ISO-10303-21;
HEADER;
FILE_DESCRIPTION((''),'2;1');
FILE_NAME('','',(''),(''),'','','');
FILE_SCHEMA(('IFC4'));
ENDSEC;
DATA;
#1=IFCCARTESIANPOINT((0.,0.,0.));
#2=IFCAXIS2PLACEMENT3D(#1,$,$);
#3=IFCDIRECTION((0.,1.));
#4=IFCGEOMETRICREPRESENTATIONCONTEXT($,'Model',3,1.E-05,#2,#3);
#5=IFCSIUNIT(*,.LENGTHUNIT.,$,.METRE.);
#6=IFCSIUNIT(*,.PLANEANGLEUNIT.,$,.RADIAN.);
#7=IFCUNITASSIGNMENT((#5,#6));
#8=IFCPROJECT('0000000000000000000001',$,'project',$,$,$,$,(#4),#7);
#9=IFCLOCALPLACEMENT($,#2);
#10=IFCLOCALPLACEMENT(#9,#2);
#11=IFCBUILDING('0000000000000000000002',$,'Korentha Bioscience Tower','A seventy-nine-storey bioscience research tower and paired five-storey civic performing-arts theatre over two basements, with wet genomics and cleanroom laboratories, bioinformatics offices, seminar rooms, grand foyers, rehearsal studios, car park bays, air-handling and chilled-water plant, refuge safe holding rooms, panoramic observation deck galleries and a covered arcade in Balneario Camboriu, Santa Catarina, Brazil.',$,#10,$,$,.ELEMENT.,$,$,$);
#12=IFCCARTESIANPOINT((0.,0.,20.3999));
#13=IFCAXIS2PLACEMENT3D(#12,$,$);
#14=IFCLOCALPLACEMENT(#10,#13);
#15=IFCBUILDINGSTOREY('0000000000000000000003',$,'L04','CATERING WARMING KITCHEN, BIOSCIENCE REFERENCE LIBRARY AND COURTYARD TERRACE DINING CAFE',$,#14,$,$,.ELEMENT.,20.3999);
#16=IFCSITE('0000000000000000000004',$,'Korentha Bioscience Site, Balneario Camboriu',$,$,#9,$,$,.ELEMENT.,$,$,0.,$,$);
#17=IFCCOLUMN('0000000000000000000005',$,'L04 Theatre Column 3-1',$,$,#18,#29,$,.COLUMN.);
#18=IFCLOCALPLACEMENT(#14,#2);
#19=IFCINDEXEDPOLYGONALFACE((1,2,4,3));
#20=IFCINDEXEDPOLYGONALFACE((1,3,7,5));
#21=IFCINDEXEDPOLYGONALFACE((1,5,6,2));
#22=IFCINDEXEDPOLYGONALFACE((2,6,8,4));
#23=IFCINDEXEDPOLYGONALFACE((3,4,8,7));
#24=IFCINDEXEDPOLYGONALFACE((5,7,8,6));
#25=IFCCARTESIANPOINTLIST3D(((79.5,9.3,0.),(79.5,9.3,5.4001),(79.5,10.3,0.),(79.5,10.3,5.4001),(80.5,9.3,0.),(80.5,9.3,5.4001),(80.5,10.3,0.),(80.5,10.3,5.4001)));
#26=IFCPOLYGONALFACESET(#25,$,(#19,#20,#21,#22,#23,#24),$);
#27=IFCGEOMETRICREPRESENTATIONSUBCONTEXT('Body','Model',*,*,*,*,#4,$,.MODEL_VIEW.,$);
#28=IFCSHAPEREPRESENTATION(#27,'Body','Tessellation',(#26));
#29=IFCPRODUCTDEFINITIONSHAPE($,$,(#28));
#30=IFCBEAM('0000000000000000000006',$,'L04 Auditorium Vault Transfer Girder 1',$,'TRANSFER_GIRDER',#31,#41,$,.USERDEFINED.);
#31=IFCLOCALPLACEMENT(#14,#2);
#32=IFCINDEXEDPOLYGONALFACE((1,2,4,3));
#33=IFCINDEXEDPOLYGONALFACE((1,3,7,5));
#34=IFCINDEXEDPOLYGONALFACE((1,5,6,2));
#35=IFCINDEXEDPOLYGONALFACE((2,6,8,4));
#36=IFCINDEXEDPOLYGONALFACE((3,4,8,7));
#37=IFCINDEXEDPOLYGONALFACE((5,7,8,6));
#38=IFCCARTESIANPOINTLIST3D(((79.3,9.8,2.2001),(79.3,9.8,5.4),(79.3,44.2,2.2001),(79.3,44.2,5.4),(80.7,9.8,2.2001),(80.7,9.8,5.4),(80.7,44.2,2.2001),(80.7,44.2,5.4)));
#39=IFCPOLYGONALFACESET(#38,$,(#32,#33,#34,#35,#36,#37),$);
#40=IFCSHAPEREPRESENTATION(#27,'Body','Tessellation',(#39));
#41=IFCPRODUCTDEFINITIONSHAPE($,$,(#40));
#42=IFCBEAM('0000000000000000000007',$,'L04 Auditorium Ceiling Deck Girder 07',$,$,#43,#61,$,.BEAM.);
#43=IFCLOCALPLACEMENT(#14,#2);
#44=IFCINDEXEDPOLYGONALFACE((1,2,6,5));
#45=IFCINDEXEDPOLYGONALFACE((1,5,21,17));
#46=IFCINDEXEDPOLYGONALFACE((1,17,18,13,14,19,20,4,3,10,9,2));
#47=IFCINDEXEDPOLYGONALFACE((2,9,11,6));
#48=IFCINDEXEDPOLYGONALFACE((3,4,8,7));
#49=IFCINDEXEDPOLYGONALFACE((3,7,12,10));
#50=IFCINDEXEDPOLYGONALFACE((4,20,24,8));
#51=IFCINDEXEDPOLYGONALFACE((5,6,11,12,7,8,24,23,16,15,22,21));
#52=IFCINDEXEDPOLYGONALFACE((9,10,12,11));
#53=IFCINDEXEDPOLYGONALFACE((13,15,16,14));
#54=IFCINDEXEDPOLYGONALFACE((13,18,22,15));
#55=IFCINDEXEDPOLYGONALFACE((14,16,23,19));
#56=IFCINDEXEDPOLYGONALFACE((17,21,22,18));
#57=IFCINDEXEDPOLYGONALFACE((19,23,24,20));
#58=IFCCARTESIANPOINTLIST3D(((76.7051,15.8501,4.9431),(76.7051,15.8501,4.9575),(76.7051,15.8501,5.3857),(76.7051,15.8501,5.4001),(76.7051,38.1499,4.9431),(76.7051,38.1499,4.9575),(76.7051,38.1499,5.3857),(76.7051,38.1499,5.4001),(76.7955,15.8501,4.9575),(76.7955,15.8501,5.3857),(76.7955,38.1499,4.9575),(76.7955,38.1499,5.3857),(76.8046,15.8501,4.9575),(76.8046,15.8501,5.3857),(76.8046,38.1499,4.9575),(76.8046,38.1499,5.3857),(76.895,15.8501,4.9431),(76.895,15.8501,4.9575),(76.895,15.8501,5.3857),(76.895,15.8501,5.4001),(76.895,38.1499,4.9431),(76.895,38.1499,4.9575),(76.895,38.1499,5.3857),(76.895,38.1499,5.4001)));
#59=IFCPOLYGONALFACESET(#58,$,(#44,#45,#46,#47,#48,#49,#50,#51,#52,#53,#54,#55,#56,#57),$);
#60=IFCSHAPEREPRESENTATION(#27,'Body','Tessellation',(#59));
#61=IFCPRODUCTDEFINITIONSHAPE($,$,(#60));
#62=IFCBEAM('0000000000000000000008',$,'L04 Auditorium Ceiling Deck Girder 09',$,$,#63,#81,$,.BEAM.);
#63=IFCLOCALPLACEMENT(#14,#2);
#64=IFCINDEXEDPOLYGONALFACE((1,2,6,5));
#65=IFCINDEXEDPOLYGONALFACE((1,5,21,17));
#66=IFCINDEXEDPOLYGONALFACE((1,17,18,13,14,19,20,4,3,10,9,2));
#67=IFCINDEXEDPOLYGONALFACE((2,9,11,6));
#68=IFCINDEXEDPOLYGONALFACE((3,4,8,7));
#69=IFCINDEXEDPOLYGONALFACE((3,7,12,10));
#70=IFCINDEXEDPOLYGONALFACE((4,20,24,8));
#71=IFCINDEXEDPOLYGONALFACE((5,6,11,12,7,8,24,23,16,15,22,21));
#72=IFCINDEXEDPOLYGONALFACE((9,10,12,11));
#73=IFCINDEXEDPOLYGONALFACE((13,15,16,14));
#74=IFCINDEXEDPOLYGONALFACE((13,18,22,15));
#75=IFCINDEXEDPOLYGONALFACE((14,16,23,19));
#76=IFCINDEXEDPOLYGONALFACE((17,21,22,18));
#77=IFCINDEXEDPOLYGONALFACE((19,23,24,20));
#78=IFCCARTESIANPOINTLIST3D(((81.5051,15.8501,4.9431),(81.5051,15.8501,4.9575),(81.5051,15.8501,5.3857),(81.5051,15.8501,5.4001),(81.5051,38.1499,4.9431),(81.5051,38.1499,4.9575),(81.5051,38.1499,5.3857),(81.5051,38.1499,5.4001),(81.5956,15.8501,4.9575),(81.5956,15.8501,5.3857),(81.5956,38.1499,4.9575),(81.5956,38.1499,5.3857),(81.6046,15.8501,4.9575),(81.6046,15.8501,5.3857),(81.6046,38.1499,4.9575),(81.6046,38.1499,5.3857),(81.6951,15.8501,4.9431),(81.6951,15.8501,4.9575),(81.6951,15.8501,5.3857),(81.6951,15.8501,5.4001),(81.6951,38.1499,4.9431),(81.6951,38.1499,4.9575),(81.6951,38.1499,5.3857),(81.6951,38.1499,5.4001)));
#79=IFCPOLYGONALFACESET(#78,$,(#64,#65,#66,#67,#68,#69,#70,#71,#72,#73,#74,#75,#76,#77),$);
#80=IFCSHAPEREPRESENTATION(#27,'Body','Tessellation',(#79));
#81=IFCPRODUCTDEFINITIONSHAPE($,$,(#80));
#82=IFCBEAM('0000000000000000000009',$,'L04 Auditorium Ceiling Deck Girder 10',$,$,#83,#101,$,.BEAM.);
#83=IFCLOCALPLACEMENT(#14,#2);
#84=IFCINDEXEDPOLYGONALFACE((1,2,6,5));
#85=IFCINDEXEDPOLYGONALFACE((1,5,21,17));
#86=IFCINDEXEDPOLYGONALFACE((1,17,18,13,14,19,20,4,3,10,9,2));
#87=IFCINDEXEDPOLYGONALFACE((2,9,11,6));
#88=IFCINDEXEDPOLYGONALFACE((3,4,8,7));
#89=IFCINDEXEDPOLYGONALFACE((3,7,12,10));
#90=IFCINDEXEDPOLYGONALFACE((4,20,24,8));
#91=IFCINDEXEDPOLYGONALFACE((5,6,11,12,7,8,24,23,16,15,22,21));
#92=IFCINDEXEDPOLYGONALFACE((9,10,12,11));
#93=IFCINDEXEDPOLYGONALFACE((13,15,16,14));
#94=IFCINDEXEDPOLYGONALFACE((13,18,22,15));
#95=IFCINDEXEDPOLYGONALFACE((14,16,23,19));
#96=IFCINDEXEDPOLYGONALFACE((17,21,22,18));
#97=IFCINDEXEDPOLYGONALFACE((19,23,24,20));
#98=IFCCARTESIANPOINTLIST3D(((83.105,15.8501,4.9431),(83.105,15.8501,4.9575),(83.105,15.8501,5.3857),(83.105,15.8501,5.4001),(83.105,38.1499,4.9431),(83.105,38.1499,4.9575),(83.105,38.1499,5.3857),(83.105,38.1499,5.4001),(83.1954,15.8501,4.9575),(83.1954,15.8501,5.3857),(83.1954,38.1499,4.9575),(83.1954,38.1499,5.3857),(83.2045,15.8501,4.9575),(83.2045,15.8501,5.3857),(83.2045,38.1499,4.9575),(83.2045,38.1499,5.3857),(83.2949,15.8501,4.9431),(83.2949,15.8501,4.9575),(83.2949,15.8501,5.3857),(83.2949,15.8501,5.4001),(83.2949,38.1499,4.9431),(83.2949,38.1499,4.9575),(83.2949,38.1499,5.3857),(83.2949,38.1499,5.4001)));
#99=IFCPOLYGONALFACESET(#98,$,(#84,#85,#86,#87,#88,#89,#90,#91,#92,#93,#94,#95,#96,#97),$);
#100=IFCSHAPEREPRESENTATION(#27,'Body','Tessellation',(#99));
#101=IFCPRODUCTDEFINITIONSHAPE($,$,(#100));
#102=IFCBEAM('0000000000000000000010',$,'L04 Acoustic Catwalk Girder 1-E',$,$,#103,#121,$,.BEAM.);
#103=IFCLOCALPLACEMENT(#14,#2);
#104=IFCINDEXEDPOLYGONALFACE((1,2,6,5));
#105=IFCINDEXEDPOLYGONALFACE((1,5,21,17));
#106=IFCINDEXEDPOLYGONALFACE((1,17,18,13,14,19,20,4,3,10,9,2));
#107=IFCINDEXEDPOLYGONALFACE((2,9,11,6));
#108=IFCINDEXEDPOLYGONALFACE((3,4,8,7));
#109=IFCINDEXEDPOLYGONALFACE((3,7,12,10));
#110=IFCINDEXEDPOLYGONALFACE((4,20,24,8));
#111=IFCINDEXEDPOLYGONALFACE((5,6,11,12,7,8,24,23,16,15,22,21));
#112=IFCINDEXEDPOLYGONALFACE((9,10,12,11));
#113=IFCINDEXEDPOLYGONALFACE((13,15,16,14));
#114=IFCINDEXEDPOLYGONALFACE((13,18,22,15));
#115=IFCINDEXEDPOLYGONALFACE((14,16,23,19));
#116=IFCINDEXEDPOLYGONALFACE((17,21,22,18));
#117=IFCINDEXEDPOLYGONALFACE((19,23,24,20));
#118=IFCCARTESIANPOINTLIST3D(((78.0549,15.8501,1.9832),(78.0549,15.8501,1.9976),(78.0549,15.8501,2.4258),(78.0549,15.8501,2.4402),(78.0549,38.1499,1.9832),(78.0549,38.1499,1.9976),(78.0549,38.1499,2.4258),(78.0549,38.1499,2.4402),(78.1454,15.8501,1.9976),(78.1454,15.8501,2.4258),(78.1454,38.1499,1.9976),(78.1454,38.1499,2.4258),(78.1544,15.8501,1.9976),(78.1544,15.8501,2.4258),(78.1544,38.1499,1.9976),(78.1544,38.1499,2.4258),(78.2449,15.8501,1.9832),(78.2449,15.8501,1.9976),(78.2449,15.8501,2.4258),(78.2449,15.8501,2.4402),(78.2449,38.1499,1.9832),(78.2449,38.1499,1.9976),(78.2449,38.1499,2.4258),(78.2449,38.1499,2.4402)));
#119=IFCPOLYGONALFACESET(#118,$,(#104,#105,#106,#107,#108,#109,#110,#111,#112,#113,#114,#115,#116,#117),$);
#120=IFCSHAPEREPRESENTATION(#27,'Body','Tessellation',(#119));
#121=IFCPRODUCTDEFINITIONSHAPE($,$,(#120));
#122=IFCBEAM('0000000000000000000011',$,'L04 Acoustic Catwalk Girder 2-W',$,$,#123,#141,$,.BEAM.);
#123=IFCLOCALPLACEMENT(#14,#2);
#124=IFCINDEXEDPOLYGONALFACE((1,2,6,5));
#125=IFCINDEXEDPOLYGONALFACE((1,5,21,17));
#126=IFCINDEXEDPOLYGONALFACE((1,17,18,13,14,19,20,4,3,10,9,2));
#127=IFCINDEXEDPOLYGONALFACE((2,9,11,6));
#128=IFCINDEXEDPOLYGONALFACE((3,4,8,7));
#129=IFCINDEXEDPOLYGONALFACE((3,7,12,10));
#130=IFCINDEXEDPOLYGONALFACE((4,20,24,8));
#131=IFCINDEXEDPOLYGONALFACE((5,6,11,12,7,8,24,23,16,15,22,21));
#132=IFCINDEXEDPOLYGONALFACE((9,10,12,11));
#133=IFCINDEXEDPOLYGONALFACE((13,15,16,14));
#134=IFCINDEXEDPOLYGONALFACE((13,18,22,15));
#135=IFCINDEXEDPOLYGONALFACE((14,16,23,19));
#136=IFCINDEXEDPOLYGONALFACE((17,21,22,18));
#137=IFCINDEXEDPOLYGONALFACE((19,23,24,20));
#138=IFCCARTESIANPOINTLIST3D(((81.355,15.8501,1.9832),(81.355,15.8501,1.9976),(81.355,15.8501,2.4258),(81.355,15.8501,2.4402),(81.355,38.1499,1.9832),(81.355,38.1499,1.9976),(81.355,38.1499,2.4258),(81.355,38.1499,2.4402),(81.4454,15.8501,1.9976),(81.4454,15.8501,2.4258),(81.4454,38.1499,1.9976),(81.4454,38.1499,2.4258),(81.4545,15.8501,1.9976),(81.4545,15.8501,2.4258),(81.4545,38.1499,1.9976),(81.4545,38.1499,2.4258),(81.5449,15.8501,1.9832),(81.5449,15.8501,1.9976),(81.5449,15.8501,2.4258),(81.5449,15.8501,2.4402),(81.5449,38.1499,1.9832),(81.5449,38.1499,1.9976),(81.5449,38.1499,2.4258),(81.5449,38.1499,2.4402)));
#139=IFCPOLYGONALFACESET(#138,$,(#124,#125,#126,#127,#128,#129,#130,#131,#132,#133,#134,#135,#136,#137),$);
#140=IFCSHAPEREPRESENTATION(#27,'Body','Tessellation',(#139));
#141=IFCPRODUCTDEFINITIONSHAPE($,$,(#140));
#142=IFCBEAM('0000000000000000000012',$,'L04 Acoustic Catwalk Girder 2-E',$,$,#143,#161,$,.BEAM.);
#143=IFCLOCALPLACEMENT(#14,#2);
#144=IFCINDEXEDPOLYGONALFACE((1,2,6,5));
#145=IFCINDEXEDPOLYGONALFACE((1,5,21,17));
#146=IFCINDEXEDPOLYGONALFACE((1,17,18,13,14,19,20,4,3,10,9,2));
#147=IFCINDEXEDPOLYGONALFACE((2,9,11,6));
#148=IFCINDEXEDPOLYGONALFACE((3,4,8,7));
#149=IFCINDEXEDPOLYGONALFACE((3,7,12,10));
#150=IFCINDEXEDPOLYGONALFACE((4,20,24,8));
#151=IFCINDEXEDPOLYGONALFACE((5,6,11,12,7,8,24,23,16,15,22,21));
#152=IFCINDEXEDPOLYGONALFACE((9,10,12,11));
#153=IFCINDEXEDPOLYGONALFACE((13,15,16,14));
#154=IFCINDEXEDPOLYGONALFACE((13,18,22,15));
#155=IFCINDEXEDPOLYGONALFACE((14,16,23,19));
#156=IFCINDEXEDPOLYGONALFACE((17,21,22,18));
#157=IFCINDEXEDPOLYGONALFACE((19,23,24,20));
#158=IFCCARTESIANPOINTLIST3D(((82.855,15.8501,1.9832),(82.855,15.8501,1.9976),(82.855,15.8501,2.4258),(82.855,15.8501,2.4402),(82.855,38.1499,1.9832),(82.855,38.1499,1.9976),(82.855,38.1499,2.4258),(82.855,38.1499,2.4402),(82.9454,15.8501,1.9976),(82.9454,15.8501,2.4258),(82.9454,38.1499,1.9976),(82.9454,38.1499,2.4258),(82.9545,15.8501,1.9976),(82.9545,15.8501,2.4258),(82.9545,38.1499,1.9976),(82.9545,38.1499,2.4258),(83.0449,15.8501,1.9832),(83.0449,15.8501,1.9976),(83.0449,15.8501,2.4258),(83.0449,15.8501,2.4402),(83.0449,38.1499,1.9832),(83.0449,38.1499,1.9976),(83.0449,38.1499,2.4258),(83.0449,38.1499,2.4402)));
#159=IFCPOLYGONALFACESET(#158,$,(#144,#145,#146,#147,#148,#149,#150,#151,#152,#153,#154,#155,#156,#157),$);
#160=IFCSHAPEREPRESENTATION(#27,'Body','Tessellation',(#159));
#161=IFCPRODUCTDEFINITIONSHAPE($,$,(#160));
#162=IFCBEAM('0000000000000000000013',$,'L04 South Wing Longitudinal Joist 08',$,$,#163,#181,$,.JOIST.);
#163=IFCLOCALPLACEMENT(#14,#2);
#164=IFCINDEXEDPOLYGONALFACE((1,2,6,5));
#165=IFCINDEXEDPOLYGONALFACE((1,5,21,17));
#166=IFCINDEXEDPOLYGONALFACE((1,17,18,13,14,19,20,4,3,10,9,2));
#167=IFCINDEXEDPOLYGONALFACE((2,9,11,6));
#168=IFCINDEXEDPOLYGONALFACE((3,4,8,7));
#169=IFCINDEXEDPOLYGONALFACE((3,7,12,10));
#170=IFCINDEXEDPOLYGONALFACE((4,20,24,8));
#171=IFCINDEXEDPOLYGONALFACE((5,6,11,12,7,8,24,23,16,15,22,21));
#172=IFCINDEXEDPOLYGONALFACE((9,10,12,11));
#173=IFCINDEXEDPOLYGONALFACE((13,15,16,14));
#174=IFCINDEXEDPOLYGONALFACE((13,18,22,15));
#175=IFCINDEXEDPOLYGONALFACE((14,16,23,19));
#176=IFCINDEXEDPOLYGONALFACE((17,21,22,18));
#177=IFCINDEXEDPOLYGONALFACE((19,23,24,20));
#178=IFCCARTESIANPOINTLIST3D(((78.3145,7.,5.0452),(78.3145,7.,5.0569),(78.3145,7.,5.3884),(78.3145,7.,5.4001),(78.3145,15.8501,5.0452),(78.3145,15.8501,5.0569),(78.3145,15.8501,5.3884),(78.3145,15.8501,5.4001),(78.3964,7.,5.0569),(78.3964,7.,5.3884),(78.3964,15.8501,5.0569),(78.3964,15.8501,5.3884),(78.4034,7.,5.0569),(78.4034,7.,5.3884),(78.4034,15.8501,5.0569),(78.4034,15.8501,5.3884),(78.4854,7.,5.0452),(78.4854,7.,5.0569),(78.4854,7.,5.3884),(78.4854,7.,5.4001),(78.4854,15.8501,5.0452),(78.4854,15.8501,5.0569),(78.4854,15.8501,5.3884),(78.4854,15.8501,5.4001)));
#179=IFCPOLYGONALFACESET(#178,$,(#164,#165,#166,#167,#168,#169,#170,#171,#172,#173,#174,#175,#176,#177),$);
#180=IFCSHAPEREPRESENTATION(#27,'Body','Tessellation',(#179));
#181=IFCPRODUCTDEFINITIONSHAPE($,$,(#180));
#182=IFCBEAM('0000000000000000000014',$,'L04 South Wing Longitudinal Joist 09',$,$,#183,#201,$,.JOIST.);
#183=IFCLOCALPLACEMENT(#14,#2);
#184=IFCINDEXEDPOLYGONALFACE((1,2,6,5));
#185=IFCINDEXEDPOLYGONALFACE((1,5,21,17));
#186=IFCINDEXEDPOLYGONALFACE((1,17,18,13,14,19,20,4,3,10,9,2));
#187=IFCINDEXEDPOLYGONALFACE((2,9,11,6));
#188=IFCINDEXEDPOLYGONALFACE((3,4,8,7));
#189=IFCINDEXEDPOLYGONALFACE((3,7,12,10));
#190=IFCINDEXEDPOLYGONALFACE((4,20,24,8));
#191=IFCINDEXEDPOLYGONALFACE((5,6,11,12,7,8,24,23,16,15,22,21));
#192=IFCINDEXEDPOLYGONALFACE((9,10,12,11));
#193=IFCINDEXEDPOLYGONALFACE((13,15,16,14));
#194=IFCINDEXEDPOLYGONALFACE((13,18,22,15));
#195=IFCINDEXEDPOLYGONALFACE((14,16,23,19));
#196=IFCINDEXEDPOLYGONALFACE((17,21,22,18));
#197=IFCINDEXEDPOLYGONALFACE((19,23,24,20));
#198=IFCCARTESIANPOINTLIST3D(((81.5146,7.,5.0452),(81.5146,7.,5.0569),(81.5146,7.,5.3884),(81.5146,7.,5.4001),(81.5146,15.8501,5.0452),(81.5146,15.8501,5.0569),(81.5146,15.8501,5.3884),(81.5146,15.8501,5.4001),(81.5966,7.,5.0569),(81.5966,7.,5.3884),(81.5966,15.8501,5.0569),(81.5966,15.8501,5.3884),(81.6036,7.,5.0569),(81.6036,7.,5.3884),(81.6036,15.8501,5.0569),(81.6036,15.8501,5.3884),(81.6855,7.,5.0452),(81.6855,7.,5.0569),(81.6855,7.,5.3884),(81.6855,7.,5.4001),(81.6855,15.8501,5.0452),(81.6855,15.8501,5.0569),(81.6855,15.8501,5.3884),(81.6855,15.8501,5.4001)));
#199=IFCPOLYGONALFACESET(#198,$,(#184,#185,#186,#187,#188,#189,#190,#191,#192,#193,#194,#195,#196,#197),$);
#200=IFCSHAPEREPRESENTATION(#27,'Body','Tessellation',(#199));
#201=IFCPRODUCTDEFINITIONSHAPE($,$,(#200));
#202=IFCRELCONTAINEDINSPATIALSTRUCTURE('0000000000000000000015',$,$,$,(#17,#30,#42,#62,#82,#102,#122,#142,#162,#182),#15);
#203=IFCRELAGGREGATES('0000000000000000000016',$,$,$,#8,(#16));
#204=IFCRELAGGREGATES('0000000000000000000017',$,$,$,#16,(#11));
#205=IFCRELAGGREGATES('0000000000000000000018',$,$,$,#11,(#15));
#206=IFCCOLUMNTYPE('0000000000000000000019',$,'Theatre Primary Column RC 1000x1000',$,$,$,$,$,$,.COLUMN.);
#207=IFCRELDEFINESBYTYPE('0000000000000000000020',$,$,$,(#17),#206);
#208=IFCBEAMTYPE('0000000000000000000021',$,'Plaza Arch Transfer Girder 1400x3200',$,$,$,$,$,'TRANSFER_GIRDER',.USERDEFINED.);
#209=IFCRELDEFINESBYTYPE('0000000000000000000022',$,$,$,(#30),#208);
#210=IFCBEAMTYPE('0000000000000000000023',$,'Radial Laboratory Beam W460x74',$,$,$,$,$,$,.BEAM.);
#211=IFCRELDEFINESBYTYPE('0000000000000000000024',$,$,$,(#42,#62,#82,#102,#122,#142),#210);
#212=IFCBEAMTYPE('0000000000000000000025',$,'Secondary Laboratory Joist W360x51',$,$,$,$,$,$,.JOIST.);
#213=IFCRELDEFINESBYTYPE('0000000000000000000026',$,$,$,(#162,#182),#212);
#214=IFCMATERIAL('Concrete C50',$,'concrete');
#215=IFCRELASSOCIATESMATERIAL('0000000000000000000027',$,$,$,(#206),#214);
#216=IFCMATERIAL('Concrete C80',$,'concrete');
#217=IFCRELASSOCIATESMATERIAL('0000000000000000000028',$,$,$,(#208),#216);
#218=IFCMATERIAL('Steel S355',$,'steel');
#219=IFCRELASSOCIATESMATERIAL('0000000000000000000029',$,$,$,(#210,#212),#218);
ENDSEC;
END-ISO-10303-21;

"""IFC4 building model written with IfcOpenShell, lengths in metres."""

from ifc_helpers import new_model, si_unit, direction, frame, origin, origin_2d, place, context, subcontext, project, spatial, rectangle, i_section, extrude, material, material_profile, profile_set, type_object, element, save


model = new_model("IFC4")

# Units and contexts
model_context = context("Model", 3, precision=1e-05, world=origin(), true_north=direction((0.0, 1.0)))
body_context = subcontext(model_context, "Body", "Model", "MODEL_VIEW")
ifc_project = project(units=[si_unit("LENGTHUNIT", "METRE"), si_unit("PLANEANGLEUNIT", "RADIAN")], contexts=[model_context])

# Site, building, storey
site_placement = place(None, origin())
site = spatial("IfcSite", under=ifc_project, at=site_placement, Name="Korentha Bioscience Site, Balneario Camboriu", CompositionType="ELEMENT", RefElevation=0.0)
building_placement = place(site_placement, origin())
building = spatial("IfcBuilding", under=site, at=building_placement, Name="Korentha Bioscience Tower", Description="A seventy-nine-storey bioscience research tower and paired five-storey civic performing-arts theatre over two basements, with wet genomics and cleanroom laboratories, bioinformatics offices, seminar rooms, grand foyers, rehearsal studios, car park bays, air-handling and chilled-water plant, refuge safe holding rooms, panoramic observation deck galleries and a covered arcade in Balneario Camboriu, Santa Catarina, Brazil.", CompositionType="ELEMENT")
storey_placement = place(building_placement, frame((0.0, 0.0, 20.3999)))
storey = spatial("IfcBuildingStorey", under=building, at=storey_placement, Name="L04", Description="CATERING WARMING KITCHEN, BIOSCIENCE REFERENCE LIBRARY AND COURTYARD TERRACE DINING CAFE", CompositionType="ELEMENT", Elevation=20.3999)

# Column
ifc_material_1 = material(Name="Concrete C50", Category="concrete")
ifc_material_profile_1 = material_profile(ifc_material_1, rectangle(XDim=1.0, YDim=1.0, at=origin_2d()), Name="Concrete C50")
ifc_profile_set_1 = profile_set([ifc_material_profile_1], Name="Concrete C50 (TC-01)")
column_type = type_object("IfcColumnType", Name="Theatre Primary Column RC 1000x1000", PredefinedType="COLUMN", material=ifc_profile_set_1)
column_placement = place(storey_placement, frame((80.0, 9.8, 0.0), z_axis=(0.0, 0.0, 1.0), x_axis=(1.0, 0.0, 0.0)))
element("IfcColumn", 1, at=column_placement, inside=storey, type_object=column_type, Name="L04 Theatre Column 3-1", PredefinedType="COLUMN", context=body_context, shape_type="SweptSolid", body=[
    extrude(rectangle(XDim=1.0, YDim=1.0, at=origin_2d()), origin(), (0.0, 0.0, 1.0), 5.4001),
])

# Beams
ifc_material_2 = material(Name="Concrete C80", Category="concrete")
ifc_material_profile_2 = material_profile(ifc_material_2, rectangle(XDim=1.3999, YDim=3.2, at=origin_2d()), Name="Concrete C80")
ifc_profile_set_2 = profile_set([ifc_material_profile_2], Name="Concrete C80 (TG-01)")
beam_type_1 = type_object("IfcBeamType", Name="Plaza Arch Transfer Girder 1400x3200", ElementType="TRANSFER_GIRDER", PredefinedType="USERDEFINED", material=ifc_profile_set_2)
beam_1_placement = place(storey_placement, frame((80.0, 9.8, 3.8), z_axis=(0.0, 1.0, 0.0), x_axis=(-1.0, 0.0, 0.0)))
element("IfcBeam", 2, at=beam_1_placement, inside=storey, type_object=beam_type_1, Name="L04 Auditorium Vault Transfer Girder 1", ObjectType="TRANSFER_GIRDER", PredefinedType="USERDEFINED", context=body_context, shape_type="SweptSolid", body=[
    extrude(rectangle(XDim=1.3999, YDim=3.2, at=origin_2d()), origin(), (0.0, 0.0, 1.0), 34.3999),
])
ifc_material_3 = material(Name="Steel S355", Category="steel")
ifc_material_profile_3 = material_profile(ifc_material_3, i_section(OverallWidth=0.1899, OverallDepth=0.457, WebThickness=0.009, FlangeThickness=0.0144, at=origin_2d()), Name="Steel S355")
ifc_profile_set_3 = profile_set([ifc_material_profile_3], Name="Steel S355 (RB-460)")
beam_type_2 = type_object("IfcBeamType", Name="Radial Laboratory Beam W460x74", PredefinedType="BEAM", material=ifc_profile_set_3)
for number, where, z_axis, x_axis, name in (
    (3, (76.8, 15.8501, 5.1716), (0.0, 1.0, 0.0), (-1.0, 0.0, 0.0), "L04 Auditorium Ceiling Deck Girder 07"),
    (4, (81.6001, 15.8501, 5.1716), (0.0, 1.0, 0.0), (-1.0, 0.0, 0.0), "L04 Auditorium Ceiling Deck Girder 09"),
    (5, (83.2, 15.8501, 5.1716), (0.0, 1.0, 0.0), (-1.0, 0.0, 0.0), "L04 Auditorium Ceiling Deck Girder 10"),
    (6, (78.1499, 15.8501, 2.2117), (0.0, 1.0, 0.0), (-1.0, 0.0, 0.0), "L04 Acoustic Catwalk Girder 1-E"),
    (7, (81.45, 15.8501, 2.2117), (0.0, 1.0, 0.0), (-1.0, 0.0, 0.0), "L04 Acoustic Catwalk Girder 2-W"),
    (8, (82.95, 15.8501, 2.2117), (0.0, 1.0, 0.0), (-1.0, 0.0, 0.0), "L04 Acoustic Catwalk Girder 2-E"),
):
    element("IfcBeam", number, at=place(storey_placement, frame(where, z_axis=z_axis, x_axis=x_axis)), inside=storey, type_object=beam_type_2, Name=name, PredefinedType="BEAM", context=body_context, shape_type="SweptSolid", body=[
        extrude(i_section(OverallWidth=0.1899, OverallDepth=0.457, WebThickness=0.009, FlangeThickness=0.0144, at=origin_2d()), origin(), (0.0, 0.0, 1.0), 22.2998),
    ])
ifc_material_profile_4 = material_profile(ifc_material_3, i_section(OverallWidth=0.1709, OverallDepth=0.355, WebThickness=0.0071, FlangeThickness=0.0117, at=origin_2d()), Name="Steel S355")
ifc_profile_set_4 = profile_set([ifc_material_profile_4], Name="Steel S355 (JB-360)")
beam_type_3 = type_object("IfcBeamType", Name="Secondary Laboratory Joist W360x51", PredefinedType="JOIST", material=ifc_profile_set_4)
for number, where, z_axis, x_axis, name in (
    (9, (78.3999, 7.0, 5.2227), (0.0, 1.0, 0.0), (-1.0, 0.0, 0.0), "L04 South Wing Longitudinal Joist 08"),
    (10, (81.6001, 7.0, 5.2227), (0.0, 1.0, 0.0), (-1.0, 0.0, 0.0), "L04 South Wing Longitudinal Joist 09"),
):
    element("IfcBeam", number, at=place(storey_placement, frame(where, z_axis=z_axis, x_axis=x_axis)), inside=storey, type_object=beam_type_3, Name=name, PredefinedType="JOIST", context=body_context, shape_type="SweptSolid", body=[
        extrude(i_section(OverallWidth=0.1709, OverallDepth=0.355, WebThickness=0.0071, FlangeThickness=0.0117, at=origin_2d()), origin(), (0.0, 0.0, 1.0), 8.8501),
    ])

save(model, "model.ifc")
